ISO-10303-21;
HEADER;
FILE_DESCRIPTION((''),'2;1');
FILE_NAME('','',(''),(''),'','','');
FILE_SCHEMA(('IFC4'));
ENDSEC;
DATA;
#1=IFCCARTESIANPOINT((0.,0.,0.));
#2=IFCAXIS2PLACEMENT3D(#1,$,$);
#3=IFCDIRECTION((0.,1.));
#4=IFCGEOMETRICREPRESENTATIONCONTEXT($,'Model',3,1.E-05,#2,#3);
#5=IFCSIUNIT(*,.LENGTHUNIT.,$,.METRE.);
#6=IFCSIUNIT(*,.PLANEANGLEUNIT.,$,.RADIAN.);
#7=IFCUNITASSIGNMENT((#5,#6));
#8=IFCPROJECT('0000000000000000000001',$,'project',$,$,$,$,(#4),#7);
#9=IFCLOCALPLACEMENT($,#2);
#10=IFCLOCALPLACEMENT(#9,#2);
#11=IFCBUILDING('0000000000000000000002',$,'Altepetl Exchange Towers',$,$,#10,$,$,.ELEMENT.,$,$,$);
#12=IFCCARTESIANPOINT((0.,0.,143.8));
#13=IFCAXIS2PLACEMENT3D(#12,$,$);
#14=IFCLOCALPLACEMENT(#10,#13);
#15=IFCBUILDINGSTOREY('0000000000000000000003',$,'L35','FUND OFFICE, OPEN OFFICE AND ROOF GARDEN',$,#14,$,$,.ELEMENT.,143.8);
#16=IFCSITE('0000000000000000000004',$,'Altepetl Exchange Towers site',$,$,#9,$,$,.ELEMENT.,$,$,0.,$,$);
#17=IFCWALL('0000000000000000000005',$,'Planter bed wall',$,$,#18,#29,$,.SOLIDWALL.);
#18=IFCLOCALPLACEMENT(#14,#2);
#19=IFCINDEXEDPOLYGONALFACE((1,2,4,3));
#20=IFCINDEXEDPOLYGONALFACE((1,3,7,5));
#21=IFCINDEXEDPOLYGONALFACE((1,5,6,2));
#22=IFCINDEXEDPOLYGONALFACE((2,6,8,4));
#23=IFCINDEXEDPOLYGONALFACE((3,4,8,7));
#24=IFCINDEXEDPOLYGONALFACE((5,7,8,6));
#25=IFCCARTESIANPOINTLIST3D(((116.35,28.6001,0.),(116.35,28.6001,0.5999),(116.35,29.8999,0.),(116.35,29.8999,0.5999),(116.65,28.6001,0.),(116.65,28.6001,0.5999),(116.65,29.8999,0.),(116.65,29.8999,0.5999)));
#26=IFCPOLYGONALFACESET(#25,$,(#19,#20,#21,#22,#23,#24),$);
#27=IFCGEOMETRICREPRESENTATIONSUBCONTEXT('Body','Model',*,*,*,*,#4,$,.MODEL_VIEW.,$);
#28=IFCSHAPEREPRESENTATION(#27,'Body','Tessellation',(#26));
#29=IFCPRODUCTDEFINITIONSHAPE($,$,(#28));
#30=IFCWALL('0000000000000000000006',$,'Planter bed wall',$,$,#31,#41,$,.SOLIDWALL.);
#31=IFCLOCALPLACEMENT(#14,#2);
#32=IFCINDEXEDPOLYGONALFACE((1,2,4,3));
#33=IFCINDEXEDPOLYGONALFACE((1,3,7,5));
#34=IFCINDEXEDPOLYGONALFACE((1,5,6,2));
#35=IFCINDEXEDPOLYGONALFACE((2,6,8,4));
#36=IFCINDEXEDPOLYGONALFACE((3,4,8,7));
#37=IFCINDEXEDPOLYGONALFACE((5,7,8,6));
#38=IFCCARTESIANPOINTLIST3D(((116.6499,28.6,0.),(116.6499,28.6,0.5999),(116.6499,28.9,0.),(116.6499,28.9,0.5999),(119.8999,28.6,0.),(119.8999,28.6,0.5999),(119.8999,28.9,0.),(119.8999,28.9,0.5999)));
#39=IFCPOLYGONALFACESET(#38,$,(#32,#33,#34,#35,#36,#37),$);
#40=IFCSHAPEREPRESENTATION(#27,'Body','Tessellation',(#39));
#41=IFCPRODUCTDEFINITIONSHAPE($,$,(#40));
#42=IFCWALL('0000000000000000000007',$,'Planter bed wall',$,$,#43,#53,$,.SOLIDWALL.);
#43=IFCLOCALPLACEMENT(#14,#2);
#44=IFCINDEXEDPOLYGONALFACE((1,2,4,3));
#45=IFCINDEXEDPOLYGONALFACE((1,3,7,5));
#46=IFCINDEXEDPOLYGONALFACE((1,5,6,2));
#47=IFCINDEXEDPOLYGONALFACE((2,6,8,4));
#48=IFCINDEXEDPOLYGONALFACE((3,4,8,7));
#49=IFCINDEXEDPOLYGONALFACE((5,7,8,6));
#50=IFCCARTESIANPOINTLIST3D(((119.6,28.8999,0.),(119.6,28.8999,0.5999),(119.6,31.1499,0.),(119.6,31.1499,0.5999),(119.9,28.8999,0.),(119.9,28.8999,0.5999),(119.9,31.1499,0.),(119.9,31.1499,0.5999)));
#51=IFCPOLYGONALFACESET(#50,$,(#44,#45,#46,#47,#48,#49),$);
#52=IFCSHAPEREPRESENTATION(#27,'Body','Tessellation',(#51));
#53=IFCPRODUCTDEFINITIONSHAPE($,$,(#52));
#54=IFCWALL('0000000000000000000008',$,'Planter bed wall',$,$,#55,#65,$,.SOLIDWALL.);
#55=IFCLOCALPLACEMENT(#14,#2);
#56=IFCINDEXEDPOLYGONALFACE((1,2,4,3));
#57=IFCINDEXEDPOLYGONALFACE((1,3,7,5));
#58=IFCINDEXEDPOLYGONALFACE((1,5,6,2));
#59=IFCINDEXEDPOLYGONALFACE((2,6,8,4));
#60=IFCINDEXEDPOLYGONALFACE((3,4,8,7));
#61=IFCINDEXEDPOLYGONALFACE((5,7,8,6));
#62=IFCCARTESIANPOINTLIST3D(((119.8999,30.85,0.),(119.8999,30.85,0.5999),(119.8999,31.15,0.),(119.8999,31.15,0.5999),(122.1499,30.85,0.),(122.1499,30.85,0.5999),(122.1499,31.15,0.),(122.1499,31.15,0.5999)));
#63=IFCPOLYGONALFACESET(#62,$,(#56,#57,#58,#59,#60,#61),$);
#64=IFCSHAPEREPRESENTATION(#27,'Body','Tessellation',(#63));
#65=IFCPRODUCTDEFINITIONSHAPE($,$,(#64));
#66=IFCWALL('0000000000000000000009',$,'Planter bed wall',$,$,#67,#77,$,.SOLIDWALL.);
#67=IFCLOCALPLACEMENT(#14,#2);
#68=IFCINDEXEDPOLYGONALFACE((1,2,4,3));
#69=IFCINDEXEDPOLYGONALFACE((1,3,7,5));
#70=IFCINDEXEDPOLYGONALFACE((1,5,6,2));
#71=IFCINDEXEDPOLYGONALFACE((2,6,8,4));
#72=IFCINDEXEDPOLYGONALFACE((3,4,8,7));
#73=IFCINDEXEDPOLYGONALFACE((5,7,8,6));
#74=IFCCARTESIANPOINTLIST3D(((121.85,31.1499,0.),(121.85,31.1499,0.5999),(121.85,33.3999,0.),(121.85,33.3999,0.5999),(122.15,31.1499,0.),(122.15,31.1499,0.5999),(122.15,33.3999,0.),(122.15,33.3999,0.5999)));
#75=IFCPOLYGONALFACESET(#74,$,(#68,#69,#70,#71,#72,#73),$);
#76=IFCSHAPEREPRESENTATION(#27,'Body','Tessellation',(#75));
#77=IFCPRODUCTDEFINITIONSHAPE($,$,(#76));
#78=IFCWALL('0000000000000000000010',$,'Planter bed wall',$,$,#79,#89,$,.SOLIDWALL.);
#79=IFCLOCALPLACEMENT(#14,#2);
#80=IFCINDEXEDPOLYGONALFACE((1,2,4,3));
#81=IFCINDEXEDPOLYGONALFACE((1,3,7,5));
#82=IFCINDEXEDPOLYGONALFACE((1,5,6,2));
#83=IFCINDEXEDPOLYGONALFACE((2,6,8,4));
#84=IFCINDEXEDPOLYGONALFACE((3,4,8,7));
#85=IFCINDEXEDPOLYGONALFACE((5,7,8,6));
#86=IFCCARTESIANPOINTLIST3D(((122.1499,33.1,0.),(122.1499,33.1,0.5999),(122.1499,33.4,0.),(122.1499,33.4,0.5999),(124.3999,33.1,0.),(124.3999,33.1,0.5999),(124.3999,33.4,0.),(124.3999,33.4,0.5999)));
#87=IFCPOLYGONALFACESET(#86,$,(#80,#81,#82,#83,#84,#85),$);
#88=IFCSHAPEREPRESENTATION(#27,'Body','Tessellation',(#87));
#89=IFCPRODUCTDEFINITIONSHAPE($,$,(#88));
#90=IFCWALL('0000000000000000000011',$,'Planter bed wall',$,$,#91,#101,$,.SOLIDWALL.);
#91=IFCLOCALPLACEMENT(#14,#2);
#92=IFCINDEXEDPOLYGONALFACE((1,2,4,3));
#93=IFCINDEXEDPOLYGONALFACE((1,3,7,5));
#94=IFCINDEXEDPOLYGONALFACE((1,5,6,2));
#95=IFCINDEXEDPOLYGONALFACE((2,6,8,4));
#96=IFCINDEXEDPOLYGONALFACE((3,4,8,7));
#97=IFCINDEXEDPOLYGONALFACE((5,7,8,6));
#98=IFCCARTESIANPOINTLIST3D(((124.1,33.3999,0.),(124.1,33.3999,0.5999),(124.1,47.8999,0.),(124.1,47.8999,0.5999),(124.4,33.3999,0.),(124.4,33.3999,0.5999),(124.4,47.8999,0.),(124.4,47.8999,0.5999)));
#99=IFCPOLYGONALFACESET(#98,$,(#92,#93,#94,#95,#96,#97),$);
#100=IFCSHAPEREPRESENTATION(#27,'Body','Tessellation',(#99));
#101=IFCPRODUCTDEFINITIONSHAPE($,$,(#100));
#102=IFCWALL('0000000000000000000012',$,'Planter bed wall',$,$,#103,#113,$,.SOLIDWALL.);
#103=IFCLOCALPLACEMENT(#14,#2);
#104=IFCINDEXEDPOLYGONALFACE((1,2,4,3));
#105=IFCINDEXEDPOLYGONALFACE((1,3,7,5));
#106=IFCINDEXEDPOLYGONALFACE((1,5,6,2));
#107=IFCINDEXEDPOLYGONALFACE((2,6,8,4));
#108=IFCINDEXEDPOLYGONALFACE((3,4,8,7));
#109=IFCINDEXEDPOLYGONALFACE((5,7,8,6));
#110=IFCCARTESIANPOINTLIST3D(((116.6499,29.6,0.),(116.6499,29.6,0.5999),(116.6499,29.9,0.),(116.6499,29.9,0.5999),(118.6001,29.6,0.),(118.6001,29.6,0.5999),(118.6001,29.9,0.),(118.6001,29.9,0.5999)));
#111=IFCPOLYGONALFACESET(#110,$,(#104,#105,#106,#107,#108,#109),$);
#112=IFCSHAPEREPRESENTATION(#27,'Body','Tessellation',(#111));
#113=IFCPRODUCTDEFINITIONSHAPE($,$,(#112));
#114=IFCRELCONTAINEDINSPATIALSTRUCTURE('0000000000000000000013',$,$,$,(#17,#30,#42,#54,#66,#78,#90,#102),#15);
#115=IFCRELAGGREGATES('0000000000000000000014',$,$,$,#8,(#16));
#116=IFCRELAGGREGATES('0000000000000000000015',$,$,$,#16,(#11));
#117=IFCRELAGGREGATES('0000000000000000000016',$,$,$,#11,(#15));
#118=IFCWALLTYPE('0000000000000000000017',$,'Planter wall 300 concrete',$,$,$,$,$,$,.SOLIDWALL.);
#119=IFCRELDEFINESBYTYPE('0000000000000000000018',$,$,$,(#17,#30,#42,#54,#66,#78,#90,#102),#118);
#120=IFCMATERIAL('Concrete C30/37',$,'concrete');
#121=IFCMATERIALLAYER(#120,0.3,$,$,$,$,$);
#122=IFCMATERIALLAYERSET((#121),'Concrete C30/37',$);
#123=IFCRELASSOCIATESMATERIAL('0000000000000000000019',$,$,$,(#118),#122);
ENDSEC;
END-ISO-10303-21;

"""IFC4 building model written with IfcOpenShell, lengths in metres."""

from ifc_helpers import new_model, si_unit, direction, frame, frame_2d, origin, place, context, subcontext, project, spatial, rectangle, extrude, material, layer, layer_set, type_object, element, save


model = new_model("IFC4")

# Units and contexts
model_context = context("Model", 3, precision=1e-05, world=origin(), true_north=direction((0.0, 1.0)))
body_context = subcontext(model_context, "Body", "Model", "MODEL_VIEW")
ifc_project = project(units=[si_unit("LENGTHUNIT", "METRE"), si_unit("PLANEANGLEUNIT", "RADIAN")], contexts=[model_context])

# Site, building, storey
site_placement = place(None, origin())
site = spatial("IfcSite", under=ifc_project, at=site_placement, Name="Altepetl Exchange Towers site", CompositionType="ELEMENT", RefElevation=0.0)
building_placement = place(site_placement, origin())
building = spatial("IfcBuilding", under=site, at=building_placement, Name="Altepetl Exchange Towers", CompositionType="ELEMENT")
storey_placement = place(building_placement, frame((0.0, 0.0, 143.8)))
storey = spatial("IfcBuildingStorey", under=building, at=storey_placement, Name="L35", Description="FUND OFFICE, OPEN OFFICE AND ROOF GARDEN", CompositionType="ELEMENT", Elevation=143.8)

# Walls
ifc_material_1 = material(Name="Concrete C30/37", Category="concrete")
ifc_layer_1 = layer(ifc_material_1, 0.3)
ifc_layer_set_1 = layer_set([ifc_layer_1], Name="Concrete C30/37")
wall_type_1 = type_object("IfcWallType", Name="Planter wall 300 concrete", PredefinedType="SOLIDWALL", material=ifc_layer_set_1)
wall_1_placement = place(storey_placement, frame((116.5, 29.8999, 0.0), z_axis=(0.0, 0.0, 1.0), x_axis=(0.0, -1.0, 0.0)))
element("IfcWall", 1, at=wall_1_placement, inside=storey, type_object=wall_type_1, Name="Planter bed wall", PredefinedType="SOLIDWALL", context=body_context, shape_type="SweptSolid", body=[
    extrude(rectangle(XDim=1.2998, YDim=0.3, at=frame_2d((0.6499, 0.0))), origin(), (0.0, 0.0, 1.0), 0.5999),
])
wall_2_placement = place(storey_placement, frame((116.6499, 28.75, 0.0)))
element("IfcWall", 2, at=wall_2_placement, inside=storey, type_object=wall_type_1, Name="Planter bed wall", PredefinedType="SOLIDWALL", context=body_context, shape_type="SweptSolid", body=[
    extrude(rectangle(XDim=3.25, YDim=0.3, at=frame_2d((1.625, 0.0))), origin(), (0.0, 0.0, 1.0), 0.5999),
])
wall_3_placement = place(storey_placement, frame((119.75, 28.8999, 0.0), z_axis=(0.0, 0.0, 1.0), x_axis=(0.0, 1.0, 0.0)))
element("IfcWall", 3, at=wall_3_placement, inside=storey, type_object=wall_type_1, Name="Planter bed wall", PredefinedType="SOLIDWALL", context=body_context, shape_type="SweptSolid", body=[
    extrude(rectangle(XDim=2.25, YDim=0.3, at=frame_2d((1.125, 0.0))), origin(), (0.0, 0.0, 1.0), 0.5999),
])
wall_4_placement = place(storey_placement, frame((119.8999, 31.0, 0.0)))
element("IfcWall", 4, at=wall_4_placement, inside=storey, type_object=wall_type_1, Name="Planter bed wall", PredefinedType="SOLIDWALL", context=body_context, shape_type="SweptSolid", body=[
    extrude(rectangle(XDim=2.25, YDim=0.3, at=frame_2d((1.125, 0.0))), origin(), (0.0, 0.0, 1.0), 0.5999),
])
wall_5_placement = place(storey_placement, frame((122.0, 31.1499, 0.0), z_axis=(0.0, 0.0, 1.0), x_axis=(0.0, 1.0, 0.0)))
element("IfcWall", 5, at=wall_5_placement, inside=storey, type_object=wall_type_1, Name="Planter bed wall", PredefinedType="SOLIDWALL", context=body_context, shape_type="SweptSolid", body=[
    extrude(rectangle(XDim=2.25, YDim=0.3, at=frame_2d((1.125, 0.0))), origin(), (0.0, 0.0, 1.0), 0.5999),
])
wall_6_placement = place(storey_placement, frame((122.1499, 33.25, 0.0)))
element("IfcWall", 6, at=wall_6_placement, inside=storey, type_object=wall_type_1, Name="Planter bed wall", PredefinedType="SOLIDWALL", context=body_context, shape_type="SweptSolid", body=[
    extrude(rectangle(XDim=2.25, YDim=0.3, at=frame_2d((1.125, 0.0))), origin(), (0.0, 0.0, 1.0), 0.5999),
])
wall_7_placement = place(storey_placement, frame((124.25, 33.3999, 0.0), z_axis=(0.0, 0.0, 1.0), x_axis=(0.0, 1.0, 0.0)))
element("IfcWall", 7, at=wall_7_placement, inside=storey, type_object=wall_type_1, Name="Planter bed wall", PredefinedType="SOLIDWALL", context=body_context, shape_type="SweptSolid", body=[
    extrude(rectangle(XDim=14.5, YDim=0.3, at=frame_2d((7.25, 0.0))), origin(), (0.0, 0.0, 1.0), 0.5999),
])
wall_8_placement = place(storey_placement, frame((118.6001, 29.75, 0.0), z_axis=(0.0, 0.0, 1.0), x_axis=(-1.0, 0.0, 0.0)))
element("IfcWall", 8, at=wall_8_placement, inside=storey, type_object=wall_type_1, Name="Planter bed wall", PredefinedType="SOLIDWALL", context=body_context, shape_type="SweptSolid", body=[
    extrude(rectangle(XDim=1.9502, YDim=0.3, at=frame_2d((0.9751, 0.0))), origin(), (0.0, 0.0, 1.0), 0.5999),
])

save(model, "model.ifc")
